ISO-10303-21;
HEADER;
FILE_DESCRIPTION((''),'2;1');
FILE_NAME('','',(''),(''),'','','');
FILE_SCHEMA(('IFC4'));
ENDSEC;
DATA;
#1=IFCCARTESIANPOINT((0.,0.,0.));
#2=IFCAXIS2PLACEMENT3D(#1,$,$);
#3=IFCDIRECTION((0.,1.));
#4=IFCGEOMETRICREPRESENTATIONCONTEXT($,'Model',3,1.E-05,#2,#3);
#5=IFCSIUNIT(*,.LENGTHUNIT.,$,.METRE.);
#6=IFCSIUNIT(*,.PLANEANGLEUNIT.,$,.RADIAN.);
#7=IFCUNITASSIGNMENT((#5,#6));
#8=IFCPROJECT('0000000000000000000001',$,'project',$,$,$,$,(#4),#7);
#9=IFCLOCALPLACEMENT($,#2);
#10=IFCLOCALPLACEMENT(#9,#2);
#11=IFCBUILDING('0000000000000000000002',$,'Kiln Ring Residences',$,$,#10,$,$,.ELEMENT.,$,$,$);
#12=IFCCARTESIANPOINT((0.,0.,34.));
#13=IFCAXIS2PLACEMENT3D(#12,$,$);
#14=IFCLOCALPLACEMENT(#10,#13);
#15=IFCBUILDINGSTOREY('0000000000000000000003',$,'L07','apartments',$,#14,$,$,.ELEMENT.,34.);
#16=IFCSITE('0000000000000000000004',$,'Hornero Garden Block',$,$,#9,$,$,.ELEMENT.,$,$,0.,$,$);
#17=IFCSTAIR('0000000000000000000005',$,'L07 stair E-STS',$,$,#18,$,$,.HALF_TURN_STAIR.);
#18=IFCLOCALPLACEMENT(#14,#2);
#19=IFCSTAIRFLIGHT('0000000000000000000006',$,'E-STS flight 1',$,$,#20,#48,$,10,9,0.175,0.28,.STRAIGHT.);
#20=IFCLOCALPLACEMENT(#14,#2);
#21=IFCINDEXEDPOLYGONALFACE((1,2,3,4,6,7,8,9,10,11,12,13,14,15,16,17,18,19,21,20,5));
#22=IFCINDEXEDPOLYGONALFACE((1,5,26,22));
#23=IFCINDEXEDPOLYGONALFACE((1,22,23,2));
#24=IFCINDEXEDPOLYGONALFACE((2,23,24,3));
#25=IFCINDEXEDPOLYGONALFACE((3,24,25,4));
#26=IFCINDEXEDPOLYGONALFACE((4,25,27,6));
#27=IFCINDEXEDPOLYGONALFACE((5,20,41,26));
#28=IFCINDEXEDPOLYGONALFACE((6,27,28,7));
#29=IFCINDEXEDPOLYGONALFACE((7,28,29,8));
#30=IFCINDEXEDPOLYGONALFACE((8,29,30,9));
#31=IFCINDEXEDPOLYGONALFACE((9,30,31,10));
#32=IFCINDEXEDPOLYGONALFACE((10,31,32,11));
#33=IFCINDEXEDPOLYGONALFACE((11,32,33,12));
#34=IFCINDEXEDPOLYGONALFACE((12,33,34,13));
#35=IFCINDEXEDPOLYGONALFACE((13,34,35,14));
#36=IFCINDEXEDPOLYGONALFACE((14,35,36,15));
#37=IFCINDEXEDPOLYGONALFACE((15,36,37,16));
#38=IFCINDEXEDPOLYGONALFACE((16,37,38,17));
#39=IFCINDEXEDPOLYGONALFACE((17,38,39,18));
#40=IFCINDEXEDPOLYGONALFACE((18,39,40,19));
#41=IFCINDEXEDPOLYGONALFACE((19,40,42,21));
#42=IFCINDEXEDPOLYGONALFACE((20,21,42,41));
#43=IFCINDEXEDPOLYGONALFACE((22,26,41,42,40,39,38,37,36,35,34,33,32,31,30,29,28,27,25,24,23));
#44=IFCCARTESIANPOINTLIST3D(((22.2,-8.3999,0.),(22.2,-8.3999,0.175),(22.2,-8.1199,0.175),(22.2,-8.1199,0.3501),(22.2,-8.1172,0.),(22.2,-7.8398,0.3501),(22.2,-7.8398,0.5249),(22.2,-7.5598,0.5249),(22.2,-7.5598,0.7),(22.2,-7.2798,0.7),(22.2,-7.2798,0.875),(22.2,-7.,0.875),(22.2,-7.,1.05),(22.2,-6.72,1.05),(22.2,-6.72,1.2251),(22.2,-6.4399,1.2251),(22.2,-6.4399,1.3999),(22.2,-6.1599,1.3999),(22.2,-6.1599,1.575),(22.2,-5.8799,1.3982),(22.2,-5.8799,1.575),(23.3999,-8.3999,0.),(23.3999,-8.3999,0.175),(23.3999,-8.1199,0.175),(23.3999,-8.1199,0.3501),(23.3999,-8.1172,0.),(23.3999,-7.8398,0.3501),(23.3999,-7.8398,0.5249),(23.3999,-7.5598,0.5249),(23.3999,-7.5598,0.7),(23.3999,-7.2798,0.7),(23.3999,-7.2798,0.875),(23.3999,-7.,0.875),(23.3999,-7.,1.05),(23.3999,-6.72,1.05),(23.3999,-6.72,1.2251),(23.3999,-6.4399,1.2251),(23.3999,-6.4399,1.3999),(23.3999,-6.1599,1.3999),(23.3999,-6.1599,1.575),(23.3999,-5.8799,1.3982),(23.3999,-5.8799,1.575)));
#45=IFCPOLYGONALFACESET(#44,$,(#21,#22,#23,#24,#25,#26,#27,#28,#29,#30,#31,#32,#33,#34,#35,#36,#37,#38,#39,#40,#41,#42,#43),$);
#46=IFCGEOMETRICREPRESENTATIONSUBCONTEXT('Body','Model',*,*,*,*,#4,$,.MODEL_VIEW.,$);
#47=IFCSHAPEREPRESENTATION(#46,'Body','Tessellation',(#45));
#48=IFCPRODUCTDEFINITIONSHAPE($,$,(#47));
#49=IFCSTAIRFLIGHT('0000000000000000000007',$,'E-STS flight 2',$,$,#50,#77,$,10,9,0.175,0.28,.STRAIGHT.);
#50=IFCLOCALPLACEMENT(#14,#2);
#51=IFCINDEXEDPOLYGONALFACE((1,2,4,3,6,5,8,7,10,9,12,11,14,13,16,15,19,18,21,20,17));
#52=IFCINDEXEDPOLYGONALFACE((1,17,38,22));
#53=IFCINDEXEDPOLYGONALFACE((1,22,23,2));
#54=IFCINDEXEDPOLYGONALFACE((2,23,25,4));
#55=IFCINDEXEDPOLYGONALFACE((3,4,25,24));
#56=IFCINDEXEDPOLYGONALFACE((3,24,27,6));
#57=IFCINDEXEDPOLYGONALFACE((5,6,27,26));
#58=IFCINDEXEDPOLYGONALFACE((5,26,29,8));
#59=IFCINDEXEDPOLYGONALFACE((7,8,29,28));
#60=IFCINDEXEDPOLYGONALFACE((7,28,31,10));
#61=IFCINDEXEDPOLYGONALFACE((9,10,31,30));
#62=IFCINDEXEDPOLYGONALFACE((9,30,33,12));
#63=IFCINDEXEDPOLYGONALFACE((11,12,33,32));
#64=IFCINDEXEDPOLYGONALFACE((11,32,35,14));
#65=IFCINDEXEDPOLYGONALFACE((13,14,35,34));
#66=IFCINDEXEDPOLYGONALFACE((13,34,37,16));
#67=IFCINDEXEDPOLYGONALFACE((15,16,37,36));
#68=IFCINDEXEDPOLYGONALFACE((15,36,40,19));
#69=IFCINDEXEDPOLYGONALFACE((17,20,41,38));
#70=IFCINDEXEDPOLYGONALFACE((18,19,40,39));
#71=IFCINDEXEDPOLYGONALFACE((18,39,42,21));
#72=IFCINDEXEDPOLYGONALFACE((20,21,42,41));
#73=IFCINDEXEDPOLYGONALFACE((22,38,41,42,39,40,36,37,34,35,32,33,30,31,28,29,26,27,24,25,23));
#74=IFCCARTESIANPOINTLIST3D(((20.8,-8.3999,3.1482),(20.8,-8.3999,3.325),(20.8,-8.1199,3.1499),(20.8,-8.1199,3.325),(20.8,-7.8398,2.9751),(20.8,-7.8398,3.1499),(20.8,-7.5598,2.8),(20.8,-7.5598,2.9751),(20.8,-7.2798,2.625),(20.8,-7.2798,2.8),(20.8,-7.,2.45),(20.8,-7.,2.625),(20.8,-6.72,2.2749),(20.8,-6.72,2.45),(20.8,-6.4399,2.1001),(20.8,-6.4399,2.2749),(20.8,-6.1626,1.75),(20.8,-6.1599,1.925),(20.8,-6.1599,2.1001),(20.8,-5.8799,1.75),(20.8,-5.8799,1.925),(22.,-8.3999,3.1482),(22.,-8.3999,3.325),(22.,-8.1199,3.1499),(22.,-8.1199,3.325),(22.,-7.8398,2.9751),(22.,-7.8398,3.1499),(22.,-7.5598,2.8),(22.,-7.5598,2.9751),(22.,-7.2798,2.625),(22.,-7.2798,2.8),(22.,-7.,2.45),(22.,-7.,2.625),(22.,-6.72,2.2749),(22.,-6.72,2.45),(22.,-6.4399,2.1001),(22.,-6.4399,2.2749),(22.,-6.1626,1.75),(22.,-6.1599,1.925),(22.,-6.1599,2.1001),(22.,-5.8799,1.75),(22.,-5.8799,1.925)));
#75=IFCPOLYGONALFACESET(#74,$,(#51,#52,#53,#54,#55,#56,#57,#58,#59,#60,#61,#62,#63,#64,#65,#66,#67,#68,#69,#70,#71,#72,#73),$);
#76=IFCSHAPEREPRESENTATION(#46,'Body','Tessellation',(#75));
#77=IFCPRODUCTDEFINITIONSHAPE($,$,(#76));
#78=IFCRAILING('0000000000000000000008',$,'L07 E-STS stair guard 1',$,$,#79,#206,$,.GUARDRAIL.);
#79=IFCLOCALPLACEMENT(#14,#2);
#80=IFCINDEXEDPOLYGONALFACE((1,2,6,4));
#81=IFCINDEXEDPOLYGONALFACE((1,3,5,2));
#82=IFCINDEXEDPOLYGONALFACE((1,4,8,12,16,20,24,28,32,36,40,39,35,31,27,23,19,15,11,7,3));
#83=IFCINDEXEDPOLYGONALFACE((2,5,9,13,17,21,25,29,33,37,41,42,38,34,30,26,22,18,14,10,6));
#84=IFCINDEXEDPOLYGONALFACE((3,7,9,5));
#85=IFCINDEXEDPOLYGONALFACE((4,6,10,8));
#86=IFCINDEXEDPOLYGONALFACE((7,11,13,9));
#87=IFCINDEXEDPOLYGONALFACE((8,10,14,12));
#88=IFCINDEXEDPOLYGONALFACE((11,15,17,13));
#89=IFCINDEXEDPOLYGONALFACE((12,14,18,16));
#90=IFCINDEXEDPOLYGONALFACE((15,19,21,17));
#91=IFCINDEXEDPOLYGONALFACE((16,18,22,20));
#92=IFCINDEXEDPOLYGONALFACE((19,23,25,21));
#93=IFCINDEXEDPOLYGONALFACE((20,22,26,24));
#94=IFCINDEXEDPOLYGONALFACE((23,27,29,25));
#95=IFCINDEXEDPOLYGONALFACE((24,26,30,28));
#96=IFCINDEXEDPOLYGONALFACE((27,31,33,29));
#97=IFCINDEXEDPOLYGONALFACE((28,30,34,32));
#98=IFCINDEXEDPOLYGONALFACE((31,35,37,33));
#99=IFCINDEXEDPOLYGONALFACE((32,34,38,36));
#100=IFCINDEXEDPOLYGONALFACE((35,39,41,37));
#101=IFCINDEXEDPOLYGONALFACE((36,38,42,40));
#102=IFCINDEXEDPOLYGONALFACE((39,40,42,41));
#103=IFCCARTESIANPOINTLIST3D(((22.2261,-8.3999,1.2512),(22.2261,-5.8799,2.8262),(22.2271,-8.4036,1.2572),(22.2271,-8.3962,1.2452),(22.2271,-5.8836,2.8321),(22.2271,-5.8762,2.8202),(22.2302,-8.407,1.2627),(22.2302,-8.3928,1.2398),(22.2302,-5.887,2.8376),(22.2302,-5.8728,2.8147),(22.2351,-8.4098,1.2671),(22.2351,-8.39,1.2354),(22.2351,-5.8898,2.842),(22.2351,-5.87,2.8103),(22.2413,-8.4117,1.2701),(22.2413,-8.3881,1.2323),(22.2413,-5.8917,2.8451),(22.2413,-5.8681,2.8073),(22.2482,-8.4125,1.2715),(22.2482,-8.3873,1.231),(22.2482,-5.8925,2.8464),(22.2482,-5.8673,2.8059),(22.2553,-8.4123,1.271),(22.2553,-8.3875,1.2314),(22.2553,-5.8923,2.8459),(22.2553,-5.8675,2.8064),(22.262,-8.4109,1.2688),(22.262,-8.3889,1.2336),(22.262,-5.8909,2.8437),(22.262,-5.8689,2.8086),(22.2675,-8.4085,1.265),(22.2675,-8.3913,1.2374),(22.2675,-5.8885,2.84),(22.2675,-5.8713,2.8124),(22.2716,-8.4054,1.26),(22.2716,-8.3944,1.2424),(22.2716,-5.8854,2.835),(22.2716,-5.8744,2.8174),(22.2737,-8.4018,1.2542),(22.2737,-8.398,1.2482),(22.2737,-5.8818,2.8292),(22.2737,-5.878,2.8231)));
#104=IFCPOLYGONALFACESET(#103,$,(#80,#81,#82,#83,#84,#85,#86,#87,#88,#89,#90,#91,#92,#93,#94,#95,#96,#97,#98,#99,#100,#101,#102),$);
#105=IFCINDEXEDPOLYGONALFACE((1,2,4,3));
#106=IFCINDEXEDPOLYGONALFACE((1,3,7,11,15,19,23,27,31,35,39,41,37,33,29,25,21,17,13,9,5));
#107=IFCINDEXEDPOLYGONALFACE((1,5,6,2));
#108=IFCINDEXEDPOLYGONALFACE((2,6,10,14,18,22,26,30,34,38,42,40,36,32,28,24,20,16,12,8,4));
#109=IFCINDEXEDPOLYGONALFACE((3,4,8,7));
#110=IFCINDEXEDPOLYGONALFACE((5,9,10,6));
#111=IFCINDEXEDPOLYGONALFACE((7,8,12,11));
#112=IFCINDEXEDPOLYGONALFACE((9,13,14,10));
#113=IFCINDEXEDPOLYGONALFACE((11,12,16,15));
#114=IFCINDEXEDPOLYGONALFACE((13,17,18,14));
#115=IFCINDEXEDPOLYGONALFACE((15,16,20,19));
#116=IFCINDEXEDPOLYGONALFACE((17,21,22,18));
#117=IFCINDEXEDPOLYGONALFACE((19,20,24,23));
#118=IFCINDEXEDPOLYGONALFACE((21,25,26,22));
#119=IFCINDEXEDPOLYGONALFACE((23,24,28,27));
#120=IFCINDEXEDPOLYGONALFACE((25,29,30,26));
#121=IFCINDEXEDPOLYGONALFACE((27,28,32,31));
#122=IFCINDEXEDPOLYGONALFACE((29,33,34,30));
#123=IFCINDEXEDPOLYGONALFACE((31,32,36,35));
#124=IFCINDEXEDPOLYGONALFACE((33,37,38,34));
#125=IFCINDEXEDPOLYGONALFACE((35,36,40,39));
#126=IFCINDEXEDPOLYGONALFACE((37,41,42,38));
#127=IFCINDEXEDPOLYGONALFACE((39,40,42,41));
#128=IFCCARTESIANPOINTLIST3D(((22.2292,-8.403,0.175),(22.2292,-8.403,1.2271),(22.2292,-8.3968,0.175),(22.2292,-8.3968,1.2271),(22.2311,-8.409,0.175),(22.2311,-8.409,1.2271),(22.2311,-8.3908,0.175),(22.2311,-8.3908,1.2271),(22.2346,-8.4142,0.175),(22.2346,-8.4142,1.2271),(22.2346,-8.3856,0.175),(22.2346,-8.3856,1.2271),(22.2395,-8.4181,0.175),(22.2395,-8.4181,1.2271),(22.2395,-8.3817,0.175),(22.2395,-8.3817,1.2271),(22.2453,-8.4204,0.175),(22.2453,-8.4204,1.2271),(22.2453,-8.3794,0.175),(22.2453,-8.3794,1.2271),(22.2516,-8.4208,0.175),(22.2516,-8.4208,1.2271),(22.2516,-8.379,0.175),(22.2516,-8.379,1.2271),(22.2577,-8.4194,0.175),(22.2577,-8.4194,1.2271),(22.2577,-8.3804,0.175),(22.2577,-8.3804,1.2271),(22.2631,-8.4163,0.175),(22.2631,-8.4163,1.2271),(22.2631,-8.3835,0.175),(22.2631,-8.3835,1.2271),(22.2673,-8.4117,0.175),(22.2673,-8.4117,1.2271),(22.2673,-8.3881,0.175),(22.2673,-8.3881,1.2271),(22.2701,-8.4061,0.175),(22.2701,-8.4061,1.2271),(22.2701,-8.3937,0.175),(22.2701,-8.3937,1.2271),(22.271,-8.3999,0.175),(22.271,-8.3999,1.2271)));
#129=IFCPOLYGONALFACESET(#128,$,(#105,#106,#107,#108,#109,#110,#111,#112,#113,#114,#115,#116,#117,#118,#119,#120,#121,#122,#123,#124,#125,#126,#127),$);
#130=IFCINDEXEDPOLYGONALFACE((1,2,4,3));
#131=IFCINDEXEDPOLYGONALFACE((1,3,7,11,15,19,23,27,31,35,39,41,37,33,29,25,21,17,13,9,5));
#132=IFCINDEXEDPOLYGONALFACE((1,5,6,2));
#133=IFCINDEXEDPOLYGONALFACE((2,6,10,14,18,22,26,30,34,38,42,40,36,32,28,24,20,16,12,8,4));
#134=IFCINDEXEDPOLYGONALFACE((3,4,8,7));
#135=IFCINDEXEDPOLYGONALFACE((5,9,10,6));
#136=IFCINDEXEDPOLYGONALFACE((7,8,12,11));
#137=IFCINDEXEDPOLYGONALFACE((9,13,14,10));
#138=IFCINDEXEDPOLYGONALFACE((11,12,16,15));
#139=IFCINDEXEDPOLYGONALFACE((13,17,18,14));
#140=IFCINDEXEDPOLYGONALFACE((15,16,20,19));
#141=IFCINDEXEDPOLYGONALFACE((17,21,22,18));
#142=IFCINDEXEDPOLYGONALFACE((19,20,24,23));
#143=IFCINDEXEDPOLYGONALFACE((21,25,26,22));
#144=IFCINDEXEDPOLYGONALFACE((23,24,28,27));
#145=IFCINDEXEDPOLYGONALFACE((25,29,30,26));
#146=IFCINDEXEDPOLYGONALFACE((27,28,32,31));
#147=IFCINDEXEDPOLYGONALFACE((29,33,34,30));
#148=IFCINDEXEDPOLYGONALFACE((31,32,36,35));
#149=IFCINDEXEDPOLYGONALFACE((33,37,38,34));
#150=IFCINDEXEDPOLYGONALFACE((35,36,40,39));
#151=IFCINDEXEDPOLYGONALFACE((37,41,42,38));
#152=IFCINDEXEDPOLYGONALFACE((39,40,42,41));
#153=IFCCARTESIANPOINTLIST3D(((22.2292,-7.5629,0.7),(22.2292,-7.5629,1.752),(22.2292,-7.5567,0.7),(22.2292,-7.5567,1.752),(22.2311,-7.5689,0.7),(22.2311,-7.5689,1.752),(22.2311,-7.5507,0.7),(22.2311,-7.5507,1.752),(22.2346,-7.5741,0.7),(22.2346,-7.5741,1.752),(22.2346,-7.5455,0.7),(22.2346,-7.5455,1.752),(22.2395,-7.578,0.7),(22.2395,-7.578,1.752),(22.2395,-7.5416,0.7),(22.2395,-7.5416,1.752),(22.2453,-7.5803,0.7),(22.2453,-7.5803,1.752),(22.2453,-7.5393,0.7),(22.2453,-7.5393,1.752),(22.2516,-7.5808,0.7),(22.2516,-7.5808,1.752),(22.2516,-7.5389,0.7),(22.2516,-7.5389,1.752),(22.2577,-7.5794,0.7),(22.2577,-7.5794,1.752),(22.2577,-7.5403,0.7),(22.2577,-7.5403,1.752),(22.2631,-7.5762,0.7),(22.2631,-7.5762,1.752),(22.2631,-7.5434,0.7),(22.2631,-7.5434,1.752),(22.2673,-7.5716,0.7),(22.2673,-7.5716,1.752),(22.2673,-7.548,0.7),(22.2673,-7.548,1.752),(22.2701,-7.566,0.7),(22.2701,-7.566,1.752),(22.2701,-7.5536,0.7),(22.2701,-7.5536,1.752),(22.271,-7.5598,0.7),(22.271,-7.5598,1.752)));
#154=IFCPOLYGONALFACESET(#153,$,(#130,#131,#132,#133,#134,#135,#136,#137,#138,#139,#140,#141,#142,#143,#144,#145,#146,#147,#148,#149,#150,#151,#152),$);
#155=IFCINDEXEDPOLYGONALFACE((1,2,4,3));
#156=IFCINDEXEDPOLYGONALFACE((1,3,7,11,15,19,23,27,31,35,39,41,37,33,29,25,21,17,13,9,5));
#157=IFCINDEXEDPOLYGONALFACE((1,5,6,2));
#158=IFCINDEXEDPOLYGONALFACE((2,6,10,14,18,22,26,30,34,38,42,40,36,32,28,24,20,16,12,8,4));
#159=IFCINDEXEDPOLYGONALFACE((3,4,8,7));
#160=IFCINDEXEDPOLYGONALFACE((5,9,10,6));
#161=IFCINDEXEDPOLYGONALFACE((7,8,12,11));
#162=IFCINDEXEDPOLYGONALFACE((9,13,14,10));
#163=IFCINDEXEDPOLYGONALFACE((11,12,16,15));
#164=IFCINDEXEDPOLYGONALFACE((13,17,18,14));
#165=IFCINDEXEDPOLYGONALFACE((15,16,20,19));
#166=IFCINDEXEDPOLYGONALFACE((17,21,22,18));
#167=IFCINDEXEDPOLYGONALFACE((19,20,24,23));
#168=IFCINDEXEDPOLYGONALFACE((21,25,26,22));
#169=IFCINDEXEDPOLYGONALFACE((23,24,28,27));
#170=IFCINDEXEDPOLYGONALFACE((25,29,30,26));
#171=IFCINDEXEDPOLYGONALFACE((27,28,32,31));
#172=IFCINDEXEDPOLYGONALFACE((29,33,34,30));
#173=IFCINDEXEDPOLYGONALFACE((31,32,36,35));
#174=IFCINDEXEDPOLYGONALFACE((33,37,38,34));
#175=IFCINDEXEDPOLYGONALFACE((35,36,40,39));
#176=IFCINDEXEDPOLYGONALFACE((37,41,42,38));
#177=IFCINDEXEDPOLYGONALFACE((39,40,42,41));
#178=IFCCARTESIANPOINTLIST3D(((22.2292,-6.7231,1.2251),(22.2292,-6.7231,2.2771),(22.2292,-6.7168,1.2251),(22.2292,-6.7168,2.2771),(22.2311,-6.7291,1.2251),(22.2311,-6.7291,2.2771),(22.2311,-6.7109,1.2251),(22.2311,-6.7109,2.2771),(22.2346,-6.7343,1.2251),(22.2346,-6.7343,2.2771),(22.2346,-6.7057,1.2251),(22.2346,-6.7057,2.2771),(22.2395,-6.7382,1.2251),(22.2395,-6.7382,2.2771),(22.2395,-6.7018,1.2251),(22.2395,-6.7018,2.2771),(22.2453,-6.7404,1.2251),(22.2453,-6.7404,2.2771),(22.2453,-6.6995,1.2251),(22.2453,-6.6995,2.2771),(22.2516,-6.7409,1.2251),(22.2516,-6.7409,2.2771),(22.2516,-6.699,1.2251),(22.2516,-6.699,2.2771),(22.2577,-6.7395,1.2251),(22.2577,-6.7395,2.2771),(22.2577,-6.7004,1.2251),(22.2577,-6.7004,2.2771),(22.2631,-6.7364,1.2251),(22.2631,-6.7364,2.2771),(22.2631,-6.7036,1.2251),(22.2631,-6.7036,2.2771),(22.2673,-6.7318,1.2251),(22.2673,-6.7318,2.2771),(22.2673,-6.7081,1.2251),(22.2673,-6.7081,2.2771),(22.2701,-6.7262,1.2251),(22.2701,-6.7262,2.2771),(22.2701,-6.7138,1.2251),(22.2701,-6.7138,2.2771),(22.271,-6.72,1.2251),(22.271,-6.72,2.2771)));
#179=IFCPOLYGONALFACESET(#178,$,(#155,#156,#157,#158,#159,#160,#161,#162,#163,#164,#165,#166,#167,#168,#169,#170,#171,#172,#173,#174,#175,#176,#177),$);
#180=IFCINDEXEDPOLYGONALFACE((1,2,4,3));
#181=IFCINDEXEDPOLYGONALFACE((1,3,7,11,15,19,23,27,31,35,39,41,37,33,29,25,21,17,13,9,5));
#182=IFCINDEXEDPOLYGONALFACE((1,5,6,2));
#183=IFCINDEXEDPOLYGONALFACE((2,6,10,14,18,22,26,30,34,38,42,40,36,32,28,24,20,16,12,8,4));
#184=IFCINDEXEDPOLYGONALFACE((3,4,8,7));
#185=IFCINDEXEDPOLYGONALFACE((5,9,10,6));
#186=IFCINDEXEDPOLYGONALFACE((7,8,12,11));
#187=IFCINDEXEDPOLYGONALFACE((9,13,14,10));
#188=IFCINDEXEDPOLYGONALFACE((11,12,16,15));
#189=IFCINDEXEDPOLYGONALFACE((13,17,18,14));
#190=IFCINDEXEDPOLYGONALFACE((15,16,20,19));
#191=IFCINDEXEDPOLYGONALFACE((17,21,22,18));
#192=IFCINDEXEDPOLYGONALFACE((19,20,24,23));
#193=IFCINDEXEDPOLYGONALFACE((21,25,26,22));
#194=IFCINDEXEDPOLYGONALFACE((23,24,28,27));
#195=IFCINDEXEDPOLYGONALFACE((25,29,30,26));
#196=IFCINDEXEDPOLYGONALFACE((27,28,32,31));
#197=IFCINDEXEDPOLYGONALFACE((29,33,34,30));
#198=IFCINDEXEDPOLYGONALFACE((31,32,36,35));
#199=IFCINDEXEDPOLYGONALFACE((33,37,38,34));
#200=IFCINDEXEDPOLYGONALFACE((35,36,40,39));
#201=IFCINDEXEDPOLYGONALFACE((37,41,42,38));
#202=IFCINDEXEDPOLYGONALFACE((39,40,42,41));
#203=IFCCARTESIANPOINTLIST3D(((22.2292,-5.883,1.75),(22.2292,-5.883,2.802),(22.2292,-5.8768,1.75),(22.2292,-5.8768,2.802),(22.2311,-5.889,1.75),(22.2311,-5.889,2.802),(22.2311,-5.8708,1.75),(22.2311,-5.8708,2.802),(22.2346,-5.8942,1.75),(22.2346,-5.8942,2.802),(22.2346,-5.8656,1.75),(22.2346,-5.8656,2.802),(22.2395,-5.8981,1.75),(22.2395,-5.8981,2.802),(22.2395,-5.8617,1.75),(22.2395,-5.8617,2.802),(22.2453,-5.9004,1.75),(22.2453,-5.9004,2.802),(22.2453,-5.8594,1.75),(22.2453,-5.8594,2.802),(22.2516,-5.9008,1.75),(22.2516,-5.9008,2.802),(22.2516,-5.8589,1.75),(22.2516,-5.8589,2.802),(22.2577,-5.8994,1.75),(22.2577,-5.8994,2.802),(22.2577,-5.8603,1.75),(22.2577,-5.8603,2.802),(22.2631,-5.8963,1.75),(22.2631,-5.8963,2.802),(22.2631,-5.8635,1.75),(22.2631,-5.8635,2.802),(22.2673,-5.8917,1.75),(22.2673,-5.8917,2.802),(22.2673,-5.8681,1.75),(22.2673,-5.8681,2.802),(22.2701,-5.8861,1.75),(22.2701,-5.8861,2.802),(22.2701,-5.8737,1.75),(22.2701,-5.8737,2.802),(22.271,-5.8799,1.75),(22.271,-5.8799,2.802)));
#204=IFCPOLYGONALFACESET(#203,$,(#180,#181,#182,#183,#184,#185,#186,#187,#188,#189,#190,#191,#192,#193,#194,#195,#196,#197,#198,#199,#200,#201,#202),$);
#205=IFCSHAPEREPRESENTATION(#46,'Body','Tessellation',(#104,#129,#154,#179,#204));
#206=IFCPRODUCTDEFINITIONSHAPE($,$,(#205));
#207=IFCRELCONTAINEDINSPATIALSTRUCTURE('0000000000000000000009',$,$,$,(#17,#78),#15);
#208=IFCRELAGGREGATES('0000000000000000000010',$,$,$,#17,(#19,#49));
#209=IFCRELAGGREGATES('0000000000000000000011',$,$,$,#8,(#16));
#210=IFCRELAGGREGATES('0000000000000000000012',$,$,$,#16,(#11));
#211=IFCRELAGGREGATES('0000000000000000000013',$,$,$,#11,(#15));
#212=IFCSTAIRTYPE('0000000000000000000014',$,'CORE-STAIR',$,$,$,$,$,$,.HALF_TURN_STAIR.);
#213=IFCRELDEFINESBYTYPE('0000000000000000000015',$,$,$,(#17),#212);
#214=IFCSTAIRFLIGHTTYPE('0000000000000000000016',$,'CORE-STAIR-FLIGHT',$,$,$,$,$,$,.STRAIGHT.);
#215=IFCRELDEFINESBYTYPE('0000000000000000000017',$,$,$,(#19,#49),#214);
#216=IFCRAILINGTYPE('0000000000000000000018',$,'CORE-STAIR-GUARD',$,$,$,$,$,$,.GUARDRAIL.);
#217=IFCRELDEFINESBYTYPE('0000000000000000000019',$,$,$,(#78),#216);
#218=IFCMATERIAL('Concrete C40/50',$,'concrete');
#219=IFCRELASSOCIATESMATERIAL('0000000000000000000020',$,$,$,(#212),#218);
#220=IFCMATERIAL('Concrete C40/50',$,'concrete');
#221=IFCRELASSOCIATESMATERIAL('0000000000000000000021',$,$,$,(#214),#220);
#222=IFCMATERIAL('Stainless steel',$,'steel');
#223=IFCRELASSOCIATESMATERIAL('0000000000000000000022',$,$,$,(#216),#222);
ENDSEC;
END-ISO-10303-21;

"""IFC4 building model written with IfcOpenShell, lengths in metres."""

from ifc_helpers import new_model, si_unit, direction, frame, origin, origin_2d, place, context, subcontext, project, spatial, polyline, circle, outline, extrude, material, type_object, element, aggregate, save


model = new_model("IFC4")

# Units and contexts
model_context = context("Model", 3, precision=1e-05, world=origin(), true_north=direction((0.0, 1.0)))
body_context = subcontext(model_context, "Body", "Model", "MODEL_VIEW")
ifc_project = project(units=[si_unit("LENGTHUNIT", "METRE"), si_unit("PLANEANGLEUNIT", "RADIAN")], contexts=[model_context])

# Site, building, storey
site_placement = place(None, origin())
site = spatial("IfcSite", under=ifc_project, at=site_placement, Name="Hornero Garden Block", CompositionType="ELEMENT", RefElevation=0.0)
building_placement = place(site_placement, origin())
building = spatial("IfcBuilding", under=site, at=building_placement, Name="Kiln Ring Residences", CompositionType="ELEMENT")
storey_placement = place(building_placement, frame((0.0, 0.0, 34.0)))
storey = spatial("IfcBuildingStorey", under=building, at=storey_placement, Name="L07", Description="apartments", CompositionType="ELEMENT", Elevation=34.0)

# Stair, stair flights
ifc_material_1 = material(Name="Concrete C40/50", Category="concrete")
stair_type = type_object("IfcStairType", Name="CORE-STAIR", PredefinedType="HALF_TURN_STAIR", material=ifc_material_1)
stair_placement = place(storey_placement, origin())
stair = element("IfcStair", 1, at=stair_placement, inside=storey, type_object=stair_type, Name="L07 stair E-STS", PredefinedType="HALF_TURN_STAIR")
ifc_material_2 = material(Name="Concrete C40/50", Category="concrete")
stair_flight_type = type_object("IfcStairFlightType", Name="CORE-STAIR-FLIGHT", PredefinedType="STRAIGHT", material=ifc_material_2)
stair_flight_1_placement = place(storey_placement, frame((22.8, -8.3999, 0.0), z_axis=(0.0, 0.0, 1.0), x_axis=(0.0, 1.0, 0.0)))
stair_flight_1 = element("IfcStairFlight", 2, at=stair_flight_1_placement, type_object=stair_flight_type, Name="E-STS flight 1", NumberOfRisers=10, NumberOfTreads=9, PredefinedType="STRAIGHT", RiserHeight=0.175, TreadLength=0.28, context=body_context, shape_type="SweptSolid", body=[
    extrude(outline(polyline([(0.0, 0.0), (0.0, 0.175), (0.28, 0.175), (0.28, 0.3501), (0.5601, 0.3501), (0.5601, 0.5249), (0.8401, 0.5249), (0.8401, 0.7), (1.1201, 0.7), (1.1201, 0.875), (1.3999, 0.875), (1.3999, 1.05), (1.6799, 1.05), (1.6799, 1.2251), (1.96, 1.2251), (1.96, 1.3999), (2.24, 1.3999), (2.24, 1.575), (2.52, 1.575), (2.52, 1.75), (2.52, 1.3982), (0.2827, 0.0), (0.0, 0.0)])), frame((0.0, 0.6001, 0.0), z_axis=(0.0, -1.0, 0.0), x_axis=(1.0, 0.0, 0.0)), (0.0, 0.0, 1.0), 1.2),
])
stair_flight_2_placement = place(storey_placement, frame((21.3999, -5.8799, 1.75), z_axis=(0.0, 0.0, 1.0), x_axis=(0.0, -1.0, 0.0)))
stair_flight_2 = element("IfcStairFlight", 3, at=stair_flight_2_placement, type_object=stair_flight_type, Name="E-STS flight 2", NumberOfRisers=10, NumberOfTreads=9, PredefinedType="STRAIGHT", RiserHeight=0.175, TreadLength=0.28, context=body_context, shape_type="SweptSolid", body=[
    extrude(outline(polyline([(0.0, 0.0), (0.0, 0.175), (0.28, 0.175), (0.28, 0.3501), (0.5601, 0.3501), (0.5601, 0.5249), (0.8401, 0.5249), (0.8401, 0.7), (1.1201, 0.7), (1.1201, 0.875), (1.3999, 0.875), (1.3999, 1.05), (1.6799, 1.05), (1.6799, 1.2251), (1.96, 1.2251), (1.96, 1.3999), (2.24, 1.3999), (2.24, 1.575), (2.52, 1.575), (2.52, 1.75), (2.52, 1.3982), (0.2827, 0.0), (0.0, 0.0)])), frame((0.0, 0.6001, 0.0), z_axis=(0.0, -1.0, 0.0), x_axis=(1.0, 0.0, 0.0)), (0.0, 0.0, 1.0), 1.2),
])
aggregate(stair, [stair_flight_1, stair_flight_2])

# Railing
ifc_material_3 = material(Name="Stainless steel", Category="steel")
railing_type_1 = type_object("IfcRailingType", Name="CORE-STAIR-GUARD", PredefinedType="GUARDRAIL", material=ifc_material_3)
railing_1_placement = place(storey_placement, frame((22.25, -8.3999, 0.175)))
element("IfcRailing", 4, at=railing_1_placement, inside=storey, type_object=railing_type_1, Name="L07 E-STS stair guard 1", PredefinedType="GUARDRAIL", context=body_context, shape_type="SweptSolid", body=[
    extrude(circle(Radius=0.0239, at=origin_2d()), frame((0.0, 0.0, 1.0762), z_axis=(0.0, 0.848008, 0.529984), x_axis=(-1.0, 0.0, 0.0)), (0.0, 0.0, 1.0), 2.9717),
    extrude(circle(Radius=0.021, at=origin_2d()), origin(), (0.0, 0.0, 1.0), 1.052),
    extrude(circle(Radius=0.021, at=origin_2d()), frame((0.0, 0.8401, 0.5249)), (0.0, 0.0, 1.0), 1.052),
    extrude(circle(Radius=0.021, at=origin_2d()), frame((0.0, 1.6799, 1.05)), (0.0, 0.0, 1.0), 1.052),
    extrude(circle(Radius=0.021, at=origin_2d()), frame((0.0, 2.52, 1.575)), (0.0, 0.0, 1.0), 1.052),
])

save(model, "model.ifc")
